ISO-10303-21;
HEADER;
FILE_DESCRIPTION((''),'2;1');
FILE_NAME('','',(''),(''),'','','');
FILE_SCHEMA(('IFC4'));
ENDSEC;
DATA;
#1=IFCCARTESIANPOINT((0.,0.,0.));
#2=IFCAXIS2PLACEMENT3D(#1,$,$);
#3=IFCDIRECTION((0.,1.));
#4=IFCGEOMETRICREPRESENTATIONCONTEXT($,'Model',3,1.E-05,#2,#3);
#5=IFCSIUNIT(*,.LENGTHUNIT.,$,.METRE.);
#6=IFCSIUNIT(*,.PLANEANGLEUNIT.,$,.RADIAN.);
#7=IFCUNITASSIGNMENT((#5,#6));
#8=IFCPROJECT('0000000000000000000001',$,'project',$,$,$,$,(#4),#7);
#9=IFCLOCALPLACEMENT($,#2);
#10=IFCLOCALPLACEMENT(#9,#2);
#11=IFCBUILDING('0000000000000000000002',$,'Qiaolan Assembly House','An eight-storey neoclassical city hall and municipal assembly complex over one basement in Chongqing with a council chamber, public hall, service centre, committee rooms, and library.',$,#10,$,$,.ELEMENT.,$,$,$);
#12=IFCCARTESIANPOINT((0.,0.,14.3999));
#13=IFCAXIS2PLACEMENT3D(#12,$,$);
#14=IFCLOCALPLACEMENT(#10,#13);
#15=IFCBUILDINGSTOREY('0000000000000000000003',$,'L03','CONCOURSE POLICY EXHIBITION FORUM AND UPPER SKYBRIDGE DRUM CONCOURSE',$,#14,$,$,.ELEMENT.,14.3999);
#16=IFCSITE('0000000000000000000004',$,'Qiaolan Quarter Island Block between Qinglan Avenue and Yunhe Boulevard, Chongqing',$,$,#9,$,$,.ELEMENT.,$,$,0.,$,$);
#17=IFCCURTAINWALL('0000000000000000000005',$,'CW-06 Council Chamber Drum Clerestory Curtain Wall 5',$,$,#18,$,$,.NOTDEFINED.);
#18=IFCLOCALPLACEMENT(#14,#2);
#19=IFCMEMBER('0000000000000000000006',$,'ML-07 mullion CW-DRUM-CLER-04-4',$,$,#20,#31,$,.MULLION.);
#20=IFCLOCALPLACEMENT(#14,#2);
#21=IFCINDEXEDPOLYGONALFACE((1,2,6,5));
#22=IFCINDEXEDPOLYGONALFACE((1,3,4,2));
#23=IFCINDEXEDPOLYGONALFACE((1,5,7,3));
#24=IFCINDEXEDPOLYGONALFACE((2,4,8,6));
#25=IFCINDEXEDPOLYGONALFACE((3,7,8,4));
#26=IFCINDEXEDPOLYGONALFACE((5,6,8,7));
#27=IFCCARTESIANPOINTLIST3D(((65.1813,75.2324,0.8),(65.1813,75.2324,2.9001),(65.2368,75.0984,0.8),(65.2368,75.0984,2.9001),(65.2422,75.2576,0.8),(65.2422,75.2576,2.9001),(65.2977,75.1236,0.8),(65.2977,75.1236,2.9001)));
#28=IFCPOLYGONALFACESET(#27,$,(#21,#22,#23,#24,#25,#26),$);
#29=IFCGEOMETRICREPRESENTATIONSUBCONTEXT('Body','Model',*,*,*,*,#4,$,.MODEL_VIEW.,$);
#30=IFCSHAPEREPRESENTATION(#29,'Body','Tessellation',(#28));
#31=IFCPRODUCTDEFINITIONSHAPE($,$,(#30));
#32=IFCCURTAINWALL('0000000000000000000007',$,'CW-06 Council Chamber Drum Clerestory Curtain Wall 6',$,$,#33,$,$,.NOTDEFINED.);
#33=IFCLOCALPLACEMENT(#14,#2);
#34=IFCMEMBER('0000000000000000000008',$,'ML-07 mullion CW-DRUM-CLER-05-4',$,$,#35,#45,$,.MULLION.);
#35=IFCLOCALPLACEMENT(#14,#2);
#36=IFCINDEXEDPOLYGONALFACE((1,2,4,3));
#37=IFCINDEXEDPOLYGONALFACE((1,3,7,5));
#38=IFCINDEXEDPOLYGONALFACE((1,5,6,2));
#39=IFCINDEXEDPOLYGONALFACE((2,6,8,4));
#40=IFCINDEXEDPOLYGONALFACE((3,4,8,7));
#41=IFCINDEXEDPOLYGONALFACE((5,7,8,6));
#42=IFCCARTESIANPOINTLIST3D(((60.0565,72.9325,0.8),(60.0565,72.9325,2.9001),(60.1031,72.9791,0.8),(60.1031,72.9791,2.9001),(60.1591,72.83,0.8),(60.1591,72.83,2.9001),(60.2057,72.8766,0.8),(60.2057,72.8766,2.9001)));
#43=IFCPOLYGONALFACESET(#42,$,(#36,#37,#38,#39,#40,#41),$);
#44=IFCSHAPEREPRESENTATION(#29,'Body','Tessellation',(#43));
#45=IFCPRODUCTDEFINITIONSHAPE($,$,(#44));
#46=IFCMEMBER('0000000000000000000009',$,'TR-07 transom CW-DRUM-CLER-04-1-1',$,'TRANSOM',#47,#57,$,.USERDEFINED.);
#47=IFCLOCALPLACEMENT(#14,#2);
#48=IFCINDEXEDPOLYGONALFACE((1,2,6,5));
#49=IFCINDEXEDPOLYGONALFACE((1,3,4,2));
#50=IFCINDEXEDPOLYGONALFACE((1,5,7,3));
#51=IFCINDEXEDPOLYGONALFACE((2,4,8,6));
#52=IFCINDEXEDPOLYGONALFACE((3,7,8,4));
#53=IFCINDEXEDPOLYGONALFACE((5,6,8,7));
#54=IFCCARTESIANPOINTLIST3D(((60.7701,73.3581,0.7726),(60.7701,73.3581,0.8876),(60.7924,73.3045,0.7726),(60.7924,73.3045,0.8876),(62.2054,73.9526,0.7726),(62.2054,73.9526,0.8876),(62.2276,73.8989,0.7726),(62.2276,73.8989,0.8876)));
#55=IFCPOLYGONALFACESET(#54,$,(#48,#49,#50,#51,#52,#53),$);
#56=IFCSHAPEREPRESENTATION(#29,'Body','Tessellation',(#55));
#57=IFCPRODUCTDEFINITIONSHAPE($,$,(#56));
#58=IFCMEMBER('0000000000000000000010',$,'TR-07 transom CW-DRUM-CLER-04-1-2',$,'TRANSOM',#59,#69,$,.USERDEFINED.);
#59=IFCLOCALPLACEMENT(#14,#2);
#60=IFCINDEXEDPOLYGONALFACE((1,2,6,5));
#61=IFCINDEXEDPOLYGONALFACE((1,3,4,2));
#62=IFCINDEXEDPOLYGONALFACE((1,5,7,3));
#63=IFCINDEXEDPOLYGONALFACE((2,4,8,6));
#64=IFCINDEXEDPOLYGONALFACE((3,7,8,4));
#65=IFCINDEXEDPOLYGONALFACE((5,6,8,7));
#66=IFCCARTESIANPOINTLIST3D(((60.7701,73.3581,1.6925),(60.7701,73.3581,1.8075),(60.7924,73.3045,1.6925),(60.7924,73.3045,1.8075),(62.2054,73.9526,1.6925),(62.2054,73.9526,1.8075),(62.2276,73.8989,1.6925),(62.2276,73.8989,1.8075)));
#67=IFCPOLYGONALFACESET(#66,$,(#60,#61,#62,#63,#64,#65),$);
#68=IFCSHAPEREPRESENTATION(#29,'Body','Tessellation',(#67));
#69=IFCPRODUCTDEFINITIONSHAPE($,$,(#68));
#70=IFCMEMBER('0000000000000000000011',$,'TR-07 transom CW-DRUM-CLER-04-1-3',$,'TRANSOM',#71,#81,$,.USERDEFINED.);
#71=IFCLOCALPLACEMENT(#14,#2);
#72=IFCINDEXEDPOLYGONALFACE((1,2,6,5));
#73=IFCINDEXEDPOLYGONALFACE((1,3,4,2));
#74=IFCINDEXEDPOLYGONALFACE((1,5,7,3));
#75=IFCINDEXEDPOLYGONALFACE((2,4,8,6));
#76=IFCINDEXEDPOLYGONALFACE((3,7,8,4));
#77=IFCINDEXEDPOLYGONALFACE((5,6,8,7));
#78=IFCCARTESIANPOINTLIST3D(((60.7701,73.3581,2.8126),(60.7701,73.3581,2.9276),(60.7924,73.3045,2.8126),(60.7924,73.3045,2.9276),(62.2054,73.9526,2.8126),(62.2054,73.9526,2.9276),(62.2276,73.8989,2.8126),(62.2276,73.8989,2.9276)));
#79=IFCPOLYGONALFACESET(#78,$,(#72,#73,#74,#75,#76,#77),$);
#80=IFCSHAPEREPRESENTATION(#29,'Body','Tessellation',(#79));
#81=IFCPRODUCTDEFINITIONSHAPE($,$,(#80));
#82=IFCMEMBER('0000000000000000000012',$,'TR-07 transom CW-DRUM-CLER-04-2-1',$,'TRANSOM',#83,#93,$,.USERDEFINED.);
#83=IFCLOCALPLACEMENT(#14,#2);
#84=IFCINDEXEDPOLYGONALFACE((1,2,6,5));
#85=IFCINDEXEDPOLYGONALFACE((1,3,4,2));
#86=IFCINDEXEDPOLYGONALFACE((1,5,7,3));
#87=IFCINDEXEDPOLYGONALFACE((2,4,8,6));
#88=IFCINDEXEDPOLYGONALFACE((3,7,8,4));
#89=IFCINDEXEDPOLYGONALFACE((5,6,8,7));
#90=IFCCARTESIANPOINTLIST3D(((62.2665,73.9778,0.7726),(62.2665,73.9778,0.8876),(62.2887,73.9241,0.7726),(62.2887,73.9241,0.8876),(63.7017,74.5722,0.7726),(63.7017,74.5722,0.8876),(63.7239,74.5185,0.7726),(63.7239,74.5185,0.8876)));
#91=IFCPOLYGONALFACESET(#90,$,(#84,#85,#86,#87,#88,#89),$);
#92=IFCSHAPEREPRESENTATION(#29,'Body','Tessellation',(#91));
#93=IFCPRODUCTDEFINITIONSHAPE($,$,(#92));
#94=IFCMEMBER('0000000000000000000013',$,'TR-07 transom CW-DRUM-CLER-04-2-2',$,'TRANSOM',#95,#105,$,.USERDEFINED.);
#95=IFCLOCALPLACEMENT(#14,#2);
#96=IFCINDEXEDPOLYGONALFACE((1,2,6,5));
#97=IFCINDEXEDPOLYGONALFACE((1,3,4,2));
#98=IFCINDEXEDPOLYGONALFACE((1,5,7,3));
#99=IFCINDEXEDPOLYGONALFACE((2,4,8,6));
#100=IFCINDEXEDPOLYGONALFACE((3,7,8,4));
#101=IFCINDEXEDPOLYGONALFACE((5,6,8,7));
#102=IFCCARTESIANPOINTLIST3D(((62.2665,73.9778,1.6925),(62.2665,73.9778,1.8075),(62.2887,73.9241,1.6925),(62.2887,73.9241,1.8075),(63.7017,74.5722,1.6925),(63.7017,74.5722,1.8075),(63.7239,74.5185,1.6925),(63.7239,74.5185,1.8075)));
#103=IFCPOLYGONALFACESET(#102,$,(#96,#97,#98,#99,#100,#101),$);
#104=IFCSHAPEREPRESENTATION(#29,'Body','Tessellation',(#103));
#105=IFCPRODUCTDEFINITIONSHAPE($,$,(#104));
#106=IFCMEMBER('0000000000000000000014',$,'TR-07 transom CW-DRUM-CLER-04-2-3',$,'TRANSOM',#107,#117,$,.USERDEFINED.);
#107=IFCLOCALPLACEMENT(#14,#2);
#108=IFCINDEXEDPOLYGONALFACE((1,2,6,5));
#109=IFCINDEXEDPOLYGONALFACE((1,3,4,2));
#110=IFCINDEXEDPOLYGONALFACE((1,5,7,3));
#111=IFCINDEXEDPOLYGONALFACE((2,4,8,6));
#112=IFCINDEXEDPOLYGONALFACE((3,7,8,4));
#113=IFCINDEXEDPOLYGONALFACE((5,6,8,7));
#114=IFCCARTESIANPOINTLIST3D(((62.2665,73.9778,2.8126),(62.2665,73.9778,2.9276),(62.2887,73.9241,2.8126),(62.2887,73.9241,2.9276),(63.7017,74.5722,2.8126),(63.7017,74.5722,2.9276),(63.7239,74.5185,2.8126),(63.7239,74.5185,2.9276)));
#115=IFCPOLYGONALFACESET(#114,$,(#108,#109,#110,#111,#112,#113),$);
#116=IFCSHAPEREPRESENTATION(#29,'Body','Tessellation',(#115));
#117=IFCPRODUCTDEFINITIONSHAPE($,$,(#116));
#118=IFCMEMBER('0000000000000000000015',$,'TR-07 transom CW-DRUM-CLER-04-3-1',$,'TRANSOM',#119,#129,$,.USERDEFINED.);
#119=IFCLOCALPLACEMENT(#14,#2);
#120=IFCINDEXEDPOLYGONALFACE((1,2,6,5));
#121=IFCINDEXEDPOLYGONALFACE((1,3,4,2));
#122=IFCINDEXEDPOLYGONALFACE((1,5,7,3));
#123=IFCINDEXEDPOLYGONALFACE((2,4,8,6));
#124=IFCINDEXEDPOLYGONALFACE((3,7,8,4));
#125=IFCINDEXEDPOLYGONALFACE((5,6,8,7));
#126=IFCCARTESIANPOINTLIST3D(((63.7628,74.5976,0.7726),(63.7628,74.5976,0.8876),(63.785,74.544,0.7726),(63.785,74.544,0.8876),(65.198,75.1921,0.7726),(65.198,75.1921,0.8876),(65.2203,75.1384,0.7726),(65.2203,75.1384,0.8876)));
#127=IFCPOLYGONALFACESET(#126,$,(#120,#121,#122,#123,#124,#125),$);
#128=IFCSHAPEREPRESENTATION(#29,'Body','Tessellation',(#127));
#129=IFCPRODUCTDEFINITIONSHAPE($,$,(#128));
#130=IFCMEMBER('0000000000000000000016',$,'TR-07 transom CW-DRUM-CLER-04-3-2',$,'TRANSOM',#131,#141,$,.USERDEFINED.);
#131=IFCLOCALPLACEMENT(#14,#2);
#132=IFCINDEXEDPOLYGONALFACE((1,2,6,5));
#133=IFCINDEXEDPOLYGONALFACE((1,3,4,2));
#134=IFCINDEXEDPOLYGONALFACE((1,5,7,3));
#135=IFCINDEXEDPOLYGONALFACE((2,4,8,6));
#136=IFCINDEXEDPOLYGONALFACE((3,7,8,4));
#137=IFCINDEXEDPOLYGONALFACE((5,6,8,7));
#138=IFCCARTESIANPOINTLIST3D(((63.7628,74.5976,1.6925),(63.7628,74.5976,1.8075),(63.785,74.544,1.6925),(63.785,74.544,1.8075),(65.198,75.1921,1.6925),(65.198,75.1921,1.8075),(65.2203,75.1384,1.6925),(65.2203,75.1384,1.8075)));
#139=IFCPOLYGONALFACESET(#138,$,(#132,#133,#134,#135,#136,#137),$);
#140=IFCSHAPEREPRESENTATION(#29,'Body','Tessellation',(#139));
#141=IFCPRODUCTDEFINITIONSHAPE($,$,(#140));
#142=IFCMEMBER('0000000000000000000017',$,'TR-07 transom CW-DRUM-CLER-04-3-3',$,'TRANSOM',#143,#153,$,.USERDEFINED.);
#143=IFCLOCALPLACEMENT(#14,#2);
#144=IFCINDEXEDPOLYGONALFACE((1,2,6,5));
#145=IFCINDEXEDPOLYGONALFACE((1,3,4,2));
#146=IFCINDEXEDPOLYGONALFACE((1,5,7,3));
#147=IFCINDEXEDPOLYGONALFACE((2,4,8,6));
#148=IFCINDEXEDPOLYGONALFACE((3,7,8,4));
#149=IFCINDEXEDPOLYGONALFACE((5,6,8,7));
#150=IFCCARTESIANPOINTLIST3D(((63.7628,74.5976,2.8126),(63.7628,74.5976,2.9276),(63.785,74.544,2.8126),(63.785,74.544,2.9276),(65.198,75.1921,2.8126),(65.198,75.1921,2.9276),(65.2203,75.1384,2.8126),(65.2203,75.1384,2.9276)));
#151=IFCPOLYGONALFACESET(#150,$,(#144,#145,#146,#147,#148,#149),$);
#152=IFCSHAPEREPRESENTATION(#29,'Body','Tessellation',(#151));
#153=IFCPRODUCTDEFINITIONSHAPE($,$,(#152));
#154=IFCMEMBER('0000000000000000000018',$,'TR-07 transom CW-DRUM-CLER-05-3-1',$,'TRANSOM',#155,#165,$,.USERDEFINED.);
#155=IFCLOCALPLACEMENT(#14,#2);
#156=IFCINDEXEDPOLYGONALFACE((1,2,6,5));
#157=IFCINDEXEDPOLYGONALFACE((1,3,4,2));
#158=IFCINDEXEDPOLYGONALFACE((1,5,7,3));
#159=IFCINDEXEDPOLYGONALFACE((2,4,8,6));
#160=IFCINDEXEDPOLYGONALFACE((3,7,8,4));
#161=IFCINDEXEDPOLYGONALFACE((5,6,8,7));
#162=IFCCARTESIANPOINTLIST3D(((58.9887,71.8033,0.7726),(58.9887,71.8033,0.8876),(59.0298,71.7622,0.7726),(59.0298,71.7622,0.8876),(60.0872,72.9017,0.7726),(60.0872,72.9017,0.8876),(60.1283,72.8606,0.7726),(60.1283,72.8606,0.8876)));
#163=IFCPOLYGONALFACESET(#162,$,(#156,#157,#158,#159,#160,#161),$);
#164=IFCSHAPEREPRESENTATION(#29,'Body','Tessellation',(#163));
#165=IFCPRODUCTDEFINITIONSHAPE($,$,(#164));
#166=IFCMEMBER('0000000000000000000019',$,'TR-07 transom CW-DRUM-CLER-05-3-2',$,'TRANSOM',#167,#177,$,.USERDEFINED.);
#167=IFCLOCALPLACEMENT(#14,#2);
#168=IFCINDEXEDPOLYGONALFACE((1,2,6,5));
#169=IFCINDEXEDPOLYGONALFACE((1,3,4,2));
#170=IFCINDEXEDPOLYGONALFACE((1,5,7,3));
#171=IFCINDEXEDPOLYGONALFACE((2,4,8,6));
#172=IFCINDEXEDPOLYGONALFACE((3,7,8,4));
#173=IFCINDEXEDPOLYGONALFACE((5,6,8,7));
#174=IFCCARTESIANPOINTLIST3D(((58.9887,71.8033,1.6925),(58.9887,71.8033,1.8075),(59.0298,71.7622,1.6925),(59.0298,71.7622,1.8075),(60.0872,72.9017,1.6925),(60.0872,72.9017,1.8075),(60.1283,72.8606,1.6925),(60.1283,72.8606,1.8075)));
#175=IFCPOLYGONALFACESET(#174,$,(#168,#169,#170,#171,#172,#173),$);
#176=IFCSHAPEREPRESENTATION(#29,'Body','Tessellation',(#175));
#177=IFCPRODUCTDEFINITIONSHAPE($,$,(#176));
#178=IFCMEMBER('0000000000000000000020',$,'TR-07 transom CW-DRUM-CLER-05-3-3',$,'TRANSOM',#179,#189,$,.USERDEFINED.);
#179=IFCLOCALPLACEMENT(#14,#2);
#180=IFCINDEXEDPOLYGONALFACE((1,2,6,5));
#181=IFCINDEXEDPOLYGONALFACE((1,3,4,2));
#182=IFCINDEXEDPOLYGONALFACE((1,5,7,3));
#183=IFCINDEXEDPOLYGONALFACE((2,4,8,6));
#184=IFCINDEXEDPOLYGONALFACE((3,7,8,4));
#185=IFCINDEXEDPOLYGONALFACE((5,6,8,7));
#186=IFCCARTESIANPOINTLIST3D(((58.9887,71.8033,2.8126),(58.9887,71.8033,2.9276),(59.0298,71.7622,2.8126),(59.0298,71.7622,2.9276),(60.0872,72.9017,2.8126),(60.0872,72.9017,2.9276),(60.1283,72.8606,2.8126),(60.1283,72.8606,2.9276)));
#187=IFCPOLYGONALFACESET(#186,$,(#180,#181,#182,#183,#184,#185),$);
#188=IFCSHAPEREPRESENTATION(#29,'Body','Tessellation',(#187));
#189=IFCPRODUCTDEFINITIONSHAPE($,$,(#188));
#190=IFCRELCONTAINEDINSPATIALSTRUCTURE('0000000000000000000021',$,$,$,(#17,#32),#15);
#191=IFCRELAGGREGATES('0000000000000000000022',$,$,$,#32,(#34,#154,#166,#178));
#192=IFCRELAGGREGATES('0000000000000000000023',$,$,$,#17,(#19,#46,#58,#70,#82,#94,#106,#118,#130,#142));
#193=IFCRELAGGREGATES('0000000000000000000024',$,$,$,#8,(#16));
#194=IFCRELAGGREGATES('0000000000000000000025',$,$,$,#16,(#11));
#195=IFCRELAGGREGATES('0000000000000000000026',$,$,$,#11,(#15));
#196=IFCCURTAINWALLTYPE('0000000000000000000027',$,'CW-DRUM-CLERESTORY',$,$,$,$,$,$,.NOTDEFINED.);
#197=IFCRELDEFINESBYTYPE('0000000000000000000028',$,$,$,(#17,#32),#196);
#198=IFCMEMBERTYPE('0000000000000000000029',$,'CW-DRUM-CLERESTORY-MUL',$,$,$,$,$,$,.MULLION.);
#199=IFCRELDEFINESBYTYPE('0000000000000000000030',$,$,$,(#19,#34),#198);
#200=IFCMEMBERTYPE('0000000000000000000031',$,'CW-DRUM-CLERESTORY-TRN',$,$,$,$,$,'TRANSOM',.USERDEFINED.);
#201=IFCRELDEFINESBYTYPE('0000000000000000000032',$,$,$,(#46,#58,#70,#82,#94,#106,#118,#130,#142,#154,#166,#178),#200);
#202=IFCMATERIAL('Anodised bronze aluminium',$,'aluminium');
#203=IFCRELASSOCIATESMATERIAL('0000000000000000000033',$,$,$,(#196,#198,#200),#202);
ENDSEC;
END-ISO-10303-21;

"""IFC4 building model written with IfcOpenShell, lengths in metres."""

from ifc_helpers import new_model, si_unit, direction, frame, origin, origin_2d, place, context, subcontext, project, spatial, rectangle, extrude, material, material_profile, profile_set, type_object, element, aggregate, save


model = new_model("IFC4")

# Units and contexts
model_context = context("Model", 3, precision=1e-05, world=origin(), true_north=direction((0.0, 1.0)))
body_context = subcontext(model_context, "Body", "Model", "MODEL_VIEW")
ifc_project = project(units=[si_unit("LENGTHUNIT", "METRE"), si_unit("PLANEANGLEUNIT", "RADIAN")], contexts=[model_context])

# Site, building, storey
site_placement = place(None, origin())
site = spatial("IfcSite", under=ifc_project, at=site_placement, Name="Qiaolan Quarter Island Block between Qinglan Avenue and Yunhe Boulevard, Chongqing", CompositionType="ELEMENT", RefElevation=0.0)
building_placement = place(site_placement, origin())
building = spatial("IfcBuilding", under=site, at=building_placement, Name="Qiaolan Assembly House", Description="An eight-storey neoclassical city hall and municipal assembly complex over one basement in Chongqing with a council chamber, public hall, service centre, committee rooms, and library.", CompositionType="ELEMENT")
storey_placement = place(building_placement, frame((0.0, 0.0, 14.3999)))
storey = spatial("IfcBuildingStorey", under=building, at=storey_placement, Name="L03", Description="CONCOURSE POLICY EXHIBITION FORUM AND UPPER SKYBRIDGE DRUM CONCOURSE", CompositionType="ELEMENT", Elevation=14.3999)

# Shared definitions
ifc_material_1 = material(Name="Anodised bronze aluminium", Category="aluminium")
curtain_wall_type = type_object("IfcCurtainWallType", Name="CW-DRUM-CLERESTORY", PredefinedType="NOTDEFINED", material=ifc_material_1)
ifc_material_profile_1 = material_profile(ifc_material_1, rectangle(XDim=0.0659, YDim=0.145, at=origin_2d()), Name="MUL 66x145")
ifc_profile_set_1 = profile_set([ifc_material_profile_1], Name="Anodised bronze aluminium")
member_type_1 = type_object("IfcMemberType", Name="CW-DRUM-CLERESTORY-MUL", PredefinedType="MULLION", material=ifc_profile_set_1)

# Curtain wall, member
curtain_wall_1_placement = place(storey_placement, origin())
curtain_wall_1 = element("IfcCurtainWall", 1, at=curtain_wall_1_placement, inside=storey, type_object=curtain_wall_type, Name="CW-06 Council Chamber Drum Clerestory Curtain Wall 5", PredefinedType="NOTDEFINED")
member_1_placement = place(storey_placement, frame((65.2395, 75.178, 0.8), z_axis=(0.0, 0.0, 1.0), x_axis=(0.92388, 0.382683, 0.0)))
member_1 = element("IfcMember", 2, at=member_1_placement, type_object=member_type_1, Name="ML-07 mullion CW-DRUM-CLER-04-4", PredefinedType="MULLION", context=body_context, shape_type="SweptSolid", body=[
    extrude(rectangle(XDim=0.0659, YDim=0.145, at=origin_2d()), origin(), (0.0, 0.0, 1.0), 2.1001),
])

# Curtain wall, member
curtain_wall_2_placement = place(storey_placement, origin())
curtain_wall_2 = element("IfcCurtainWall", 3, at=curtain_wall_2_placement, inside=storey, type_object=curtain_wall_type, Name="CW-06 Council Chamber Drum Clerestory Curtain Wall 6", PredefinedType="NOTDEFINED")
member_2_placement = place(storey_placement, frame((60.1311, 72.9045, 0.8), z_axis=(0.0, 0.0, 1.0), x_axis=(0.707107, 0.707107, 0.0)))
member_2 = element("IfcMember", 4, at=member_2_placement, type_object=member_type_1, Name="ML-07 mullion CW-DRUM-CLER-05-4", PredefinedType="MULLION", context=body_context, shape_type="SweptSolid", body=[
    extrude(rectangle(XDim=0.0659, YDim=0.145, at=origin_2d()), origin(), (0.0, 0.0, 1.0), 2.1001),
])

# Members
ifc_material_profile_2 = material_profile(ifc_material_1, rectangle(XDim=0.0581, YDim=0.115, at=origin_2d()), Name="TRN 58x115")
ifc_profile_set_2 = profile_set([ifc_material_profile_2], Name="Anodised bronze aluminium")
member_type_2 = type_object("IfcMemberType", Name="CW-DRUM-CLERESTORY-TRN", ElementType="TRANSOM", PredefinedType="USERDEFINED", material=ifc_profile_set_2)
member_3_placement = place(storey_placement, frame((60.7812, 73.3313, 0.8301), z_axis=(0.923889, 0.382662, 0.0), x_axis=(-0.382662, 0.923889, 0.0)))
member_3 = element("IfcMember", 5, at=member_3_placement, type_object=member_type_2, Name="TR-07 transom CW-DRUM-CLER-04-1-1", ObjectType="TRANSOM", PredefinedType="USERDEFINED", context=body_context, shape_type="SweptSolid", body=[
    extrude(rectangle(XDim=0.0581, YDim=0.115, at=origin_2d()), origin(), (0.0, 0.0, 1.0), 1.5535),
])
member_4_placement = place(storey_placement, frame((60.7812, 73.3313, 1.75), z_axis=(0.923889, 0.382662, 0.0), x_axis=(-0.382662, 0.923889, 0.0)))
member_4 = element("IfcMember", 6, at=member_4_placement, type_object=member_type_2, Name="TR-07 transom CW-DRUM-CLER-04-1-2", ObjectType="TRANSOM", PredefinedType="USERDEFINED", context=body_context, shape_type="SweptSolid", body=[
    extrude(rectangle(XDim=0.0581, YDim=0.115, at=origin_2d()), origin(), (0.0, 0.0, 1.0), 1.5535),
])
member_5_placement = place(storey_placement, frame((60.7812, 73.3313, 2.8701), z_axis=(0.923889, 0.382662, 0.0), x_axis=(-0.382662, 0.923889, 0.0)))
member_5 = element("IfcMember", 7, at=member_5_placement, type_object=member_type_2, Name="TR-07 transom CW-DRUM-CLER-04-1-3", ObjectType="TRANSOM", PredefinedType="USERDEFINED", context=body_context, shape_type="SweptSolid", body=[
    extrude(rectangle(XDim=0.0581, YDim=0.115, at=origin_2d()), origin(), (0.0, 0.0, 1.0), 1.5535),
])
member_6_placement = place(storey_placement, frame((62.2776, 73.9509, 0.8301), z_axis=(0.923889, 0.382662, 0.0), x_axis=(-0.382662, 0.923889, 0.0)))
member_6 = element("IfcMember", 8, at=member_6_placement, type_object=member_type_2, Name="TR-07 transom CW-DRUM-CLER-04-2-1", ObjectType="TRANSOM", PredefinedType="USERDEFINED", context=body_context, shape_type="SweptSolid", body=[
    extrude(rectangle(XDim=0.0581, YDim=0.115, at=origin_2d()), origin(), (0.0, 0.0, 1.0), 1.5535),
])
member_7_placement = place(storey_placement, frame((62.2776, 73.9509, 1.75), z_axis=(0.923889, 0.382662, 0.0), x_axis=(-0.382662, 0.923889, 0.0)))
member_7 = element("IfcMember", 9, at=member_7_placement, type_object=member_type_2, Name="TR-07 transom CW-DRUM-CLER-04-2-2", ObjectType="TRANSOM", PredefinedType="USERDEFINED", context=body_context, shape_type="SweptSolid", body=[
    extrude(rectangle(XDim=0.0581, YDim=0.115, at=origin_2d()), origin(), (0.0, 0.0, 1.0), 1.5535),
])
member_8_placement = place(storey_placement, frame((62.2776, 73.9509, 2.8701), z_axis=(0.923889, 0.382662, 0.0), x_axis=(-0.382662, 0.923889, 0.0)))
member_8 = element("IfcMember", 10, at=member_8_placement, type_object=member_type_2, Name="TR-07 transom CW-DRUM-CLER-04-2-3", ObjectType="TRANSOM", PredefinedType="USERDEFINED", context=body_context, shape_type="SweptSolid", body=[
    extrude(rectangle(XDim=0.0581, YDim=0.115, at=origin_2d()), origin(), (0.0, 0.0, 1.0), 1.5535),
])
member_9_placement = place(storey_placement, frame((63.7739, 74.5708, 0.8301), z_axis=(0.923889, 0.382662, 0.0), x_axis=(-0.382662, 0.923889, 0.0)))
member_9 = element("IfcMember", 11, at=member_9_placement, type_object=member_type_2, Name="TR-07 transom CW-DRUM-CLER-04-3-1", ObjectType="TRANSOM", PredefinedType="USERDEFINED", context=body_context, shape_type="SweptSolid", body=[
    extrude(rectangle(XDim=0.0581, YDim=0.115, at=origin_2d()), origin(), (0.0, 0.0, 1.0), 1.5535),
])
member_10_placement = place(storey_placement, frame((63.7739, 74.5708, 1.75), z_axis=(0.923889, 0.382662, 0.0), x_axis=(-0.382662, 0.923889, 0.0)))
member_10 = element("IfcMember", 12, at=member_10_placement, type_object=member_type_2, Name="TR-07 transom CW-DRUM-CLER-04-3-2", ObjectType="TRANSOM", PredefinedType="USERDEFINED", context=body_context, shape_type="SweptSolid", body=[
    extrude(rectangle(XDim=0.0581, YDim=0.115, at=origin_2d()), origin(), (0.0, 0.0, 1.0), 1.5535),
])
member_11_placement = place(storey_placement, frame((63.7739, 74.5708, 2.8701), z_axis=(0.923889, 0.382662, 0.0), x_axis=(-0.382662, 0.923889, 0.0)))
member_11 = element("IfcMember", 13, at=member_11_placement, type_object=member_type_2, Name="TR-07 transom CW-DRUM-CLER-04-3-3", ObjectType="TRANSOM", PredefinedType="USERDEFINED", context=body_context, shape_type="SweptSolid", body=[
    extrude(rectangle(XDim=0.0581, YDim=0.115, at=origin_2d()), origin(), (0.0, 0.0, 1.0), 1.5535),
])
member_12_placement = place(storey_placement, frame((59.0093, 71.7827, 0.8301), z_axis=(0.707107, 0.707107, 0.0), x_axis=(-0.707107, 0.707107, 0.0)))
member_12 = element("IfcMember", 14, at=member_12_placement, type_object=member_type_2, Name="TR-07 transom CW-DRUM-CLER-05-3-1", ObjectType="TRANSOM", PredefinedType="USERDEFINED", context=body_context, shape_type="SweptSolid", body=[
    extrude(rectangle(XDim=0.0581, YDim=0.115, at=origin_2d()), origin(), (0.0, 0.0, 1.0), 1.5535),
])
member_13_placement = place(storey_placement, frame((59.0093, 71.7827, 1.75), z_axis=(0.707107, 0.707107, 0.0), x_axis=(-0.707107, 0.707107, 0.0)))
member_13 = element("IfcMember", 15, at=member_13_placement, type_object=member_type_2, Name="TR-07 transom CW-DRUM-CLER-05-3-2", ObjectType="TRANSOM", PredefinedType="USERDEFINED", context=body_context, shape_type="SweptSolid", body=[
    extrude(rectangle(XDim=0.0581, YDim=0.115, at=origin_2d()), origin(), (0.0, 0.0, 1.0), 1.5535),
])
member_14_placement = place(storey_placement, frame((59.0093, 71.7827, 2.8701), z_axis=(0.707107, 0.707107, 0.0), x_axis=(-0.707107, 0.707107, 0.0)))
member_14 = element("IfcMember", 16, at=member_14_placement, type_object=member_type_2, Name="TR-07 transom CW-DRUM-CLER-05-3-3", ObjectType="TRANSOM", PredefinedType="USERDEFINED", context=body_context, shape_type="SweptSolid", body=[
    extrude(rectangle(XDim=0.0581, YDim=0.115, at=origin_2d()), origin(), (0.0, 0.0, 1.0), 1.5535),
])
aggregate(curtain_wall_2, [member_2, member_12, member_13, member_14])

aggregate(curtain_wall_1, [member_1, member_3, member_4, member_5, member_6, member_7, member_8, member_9, member_10, member_11])

save(model, "model.ifc")
